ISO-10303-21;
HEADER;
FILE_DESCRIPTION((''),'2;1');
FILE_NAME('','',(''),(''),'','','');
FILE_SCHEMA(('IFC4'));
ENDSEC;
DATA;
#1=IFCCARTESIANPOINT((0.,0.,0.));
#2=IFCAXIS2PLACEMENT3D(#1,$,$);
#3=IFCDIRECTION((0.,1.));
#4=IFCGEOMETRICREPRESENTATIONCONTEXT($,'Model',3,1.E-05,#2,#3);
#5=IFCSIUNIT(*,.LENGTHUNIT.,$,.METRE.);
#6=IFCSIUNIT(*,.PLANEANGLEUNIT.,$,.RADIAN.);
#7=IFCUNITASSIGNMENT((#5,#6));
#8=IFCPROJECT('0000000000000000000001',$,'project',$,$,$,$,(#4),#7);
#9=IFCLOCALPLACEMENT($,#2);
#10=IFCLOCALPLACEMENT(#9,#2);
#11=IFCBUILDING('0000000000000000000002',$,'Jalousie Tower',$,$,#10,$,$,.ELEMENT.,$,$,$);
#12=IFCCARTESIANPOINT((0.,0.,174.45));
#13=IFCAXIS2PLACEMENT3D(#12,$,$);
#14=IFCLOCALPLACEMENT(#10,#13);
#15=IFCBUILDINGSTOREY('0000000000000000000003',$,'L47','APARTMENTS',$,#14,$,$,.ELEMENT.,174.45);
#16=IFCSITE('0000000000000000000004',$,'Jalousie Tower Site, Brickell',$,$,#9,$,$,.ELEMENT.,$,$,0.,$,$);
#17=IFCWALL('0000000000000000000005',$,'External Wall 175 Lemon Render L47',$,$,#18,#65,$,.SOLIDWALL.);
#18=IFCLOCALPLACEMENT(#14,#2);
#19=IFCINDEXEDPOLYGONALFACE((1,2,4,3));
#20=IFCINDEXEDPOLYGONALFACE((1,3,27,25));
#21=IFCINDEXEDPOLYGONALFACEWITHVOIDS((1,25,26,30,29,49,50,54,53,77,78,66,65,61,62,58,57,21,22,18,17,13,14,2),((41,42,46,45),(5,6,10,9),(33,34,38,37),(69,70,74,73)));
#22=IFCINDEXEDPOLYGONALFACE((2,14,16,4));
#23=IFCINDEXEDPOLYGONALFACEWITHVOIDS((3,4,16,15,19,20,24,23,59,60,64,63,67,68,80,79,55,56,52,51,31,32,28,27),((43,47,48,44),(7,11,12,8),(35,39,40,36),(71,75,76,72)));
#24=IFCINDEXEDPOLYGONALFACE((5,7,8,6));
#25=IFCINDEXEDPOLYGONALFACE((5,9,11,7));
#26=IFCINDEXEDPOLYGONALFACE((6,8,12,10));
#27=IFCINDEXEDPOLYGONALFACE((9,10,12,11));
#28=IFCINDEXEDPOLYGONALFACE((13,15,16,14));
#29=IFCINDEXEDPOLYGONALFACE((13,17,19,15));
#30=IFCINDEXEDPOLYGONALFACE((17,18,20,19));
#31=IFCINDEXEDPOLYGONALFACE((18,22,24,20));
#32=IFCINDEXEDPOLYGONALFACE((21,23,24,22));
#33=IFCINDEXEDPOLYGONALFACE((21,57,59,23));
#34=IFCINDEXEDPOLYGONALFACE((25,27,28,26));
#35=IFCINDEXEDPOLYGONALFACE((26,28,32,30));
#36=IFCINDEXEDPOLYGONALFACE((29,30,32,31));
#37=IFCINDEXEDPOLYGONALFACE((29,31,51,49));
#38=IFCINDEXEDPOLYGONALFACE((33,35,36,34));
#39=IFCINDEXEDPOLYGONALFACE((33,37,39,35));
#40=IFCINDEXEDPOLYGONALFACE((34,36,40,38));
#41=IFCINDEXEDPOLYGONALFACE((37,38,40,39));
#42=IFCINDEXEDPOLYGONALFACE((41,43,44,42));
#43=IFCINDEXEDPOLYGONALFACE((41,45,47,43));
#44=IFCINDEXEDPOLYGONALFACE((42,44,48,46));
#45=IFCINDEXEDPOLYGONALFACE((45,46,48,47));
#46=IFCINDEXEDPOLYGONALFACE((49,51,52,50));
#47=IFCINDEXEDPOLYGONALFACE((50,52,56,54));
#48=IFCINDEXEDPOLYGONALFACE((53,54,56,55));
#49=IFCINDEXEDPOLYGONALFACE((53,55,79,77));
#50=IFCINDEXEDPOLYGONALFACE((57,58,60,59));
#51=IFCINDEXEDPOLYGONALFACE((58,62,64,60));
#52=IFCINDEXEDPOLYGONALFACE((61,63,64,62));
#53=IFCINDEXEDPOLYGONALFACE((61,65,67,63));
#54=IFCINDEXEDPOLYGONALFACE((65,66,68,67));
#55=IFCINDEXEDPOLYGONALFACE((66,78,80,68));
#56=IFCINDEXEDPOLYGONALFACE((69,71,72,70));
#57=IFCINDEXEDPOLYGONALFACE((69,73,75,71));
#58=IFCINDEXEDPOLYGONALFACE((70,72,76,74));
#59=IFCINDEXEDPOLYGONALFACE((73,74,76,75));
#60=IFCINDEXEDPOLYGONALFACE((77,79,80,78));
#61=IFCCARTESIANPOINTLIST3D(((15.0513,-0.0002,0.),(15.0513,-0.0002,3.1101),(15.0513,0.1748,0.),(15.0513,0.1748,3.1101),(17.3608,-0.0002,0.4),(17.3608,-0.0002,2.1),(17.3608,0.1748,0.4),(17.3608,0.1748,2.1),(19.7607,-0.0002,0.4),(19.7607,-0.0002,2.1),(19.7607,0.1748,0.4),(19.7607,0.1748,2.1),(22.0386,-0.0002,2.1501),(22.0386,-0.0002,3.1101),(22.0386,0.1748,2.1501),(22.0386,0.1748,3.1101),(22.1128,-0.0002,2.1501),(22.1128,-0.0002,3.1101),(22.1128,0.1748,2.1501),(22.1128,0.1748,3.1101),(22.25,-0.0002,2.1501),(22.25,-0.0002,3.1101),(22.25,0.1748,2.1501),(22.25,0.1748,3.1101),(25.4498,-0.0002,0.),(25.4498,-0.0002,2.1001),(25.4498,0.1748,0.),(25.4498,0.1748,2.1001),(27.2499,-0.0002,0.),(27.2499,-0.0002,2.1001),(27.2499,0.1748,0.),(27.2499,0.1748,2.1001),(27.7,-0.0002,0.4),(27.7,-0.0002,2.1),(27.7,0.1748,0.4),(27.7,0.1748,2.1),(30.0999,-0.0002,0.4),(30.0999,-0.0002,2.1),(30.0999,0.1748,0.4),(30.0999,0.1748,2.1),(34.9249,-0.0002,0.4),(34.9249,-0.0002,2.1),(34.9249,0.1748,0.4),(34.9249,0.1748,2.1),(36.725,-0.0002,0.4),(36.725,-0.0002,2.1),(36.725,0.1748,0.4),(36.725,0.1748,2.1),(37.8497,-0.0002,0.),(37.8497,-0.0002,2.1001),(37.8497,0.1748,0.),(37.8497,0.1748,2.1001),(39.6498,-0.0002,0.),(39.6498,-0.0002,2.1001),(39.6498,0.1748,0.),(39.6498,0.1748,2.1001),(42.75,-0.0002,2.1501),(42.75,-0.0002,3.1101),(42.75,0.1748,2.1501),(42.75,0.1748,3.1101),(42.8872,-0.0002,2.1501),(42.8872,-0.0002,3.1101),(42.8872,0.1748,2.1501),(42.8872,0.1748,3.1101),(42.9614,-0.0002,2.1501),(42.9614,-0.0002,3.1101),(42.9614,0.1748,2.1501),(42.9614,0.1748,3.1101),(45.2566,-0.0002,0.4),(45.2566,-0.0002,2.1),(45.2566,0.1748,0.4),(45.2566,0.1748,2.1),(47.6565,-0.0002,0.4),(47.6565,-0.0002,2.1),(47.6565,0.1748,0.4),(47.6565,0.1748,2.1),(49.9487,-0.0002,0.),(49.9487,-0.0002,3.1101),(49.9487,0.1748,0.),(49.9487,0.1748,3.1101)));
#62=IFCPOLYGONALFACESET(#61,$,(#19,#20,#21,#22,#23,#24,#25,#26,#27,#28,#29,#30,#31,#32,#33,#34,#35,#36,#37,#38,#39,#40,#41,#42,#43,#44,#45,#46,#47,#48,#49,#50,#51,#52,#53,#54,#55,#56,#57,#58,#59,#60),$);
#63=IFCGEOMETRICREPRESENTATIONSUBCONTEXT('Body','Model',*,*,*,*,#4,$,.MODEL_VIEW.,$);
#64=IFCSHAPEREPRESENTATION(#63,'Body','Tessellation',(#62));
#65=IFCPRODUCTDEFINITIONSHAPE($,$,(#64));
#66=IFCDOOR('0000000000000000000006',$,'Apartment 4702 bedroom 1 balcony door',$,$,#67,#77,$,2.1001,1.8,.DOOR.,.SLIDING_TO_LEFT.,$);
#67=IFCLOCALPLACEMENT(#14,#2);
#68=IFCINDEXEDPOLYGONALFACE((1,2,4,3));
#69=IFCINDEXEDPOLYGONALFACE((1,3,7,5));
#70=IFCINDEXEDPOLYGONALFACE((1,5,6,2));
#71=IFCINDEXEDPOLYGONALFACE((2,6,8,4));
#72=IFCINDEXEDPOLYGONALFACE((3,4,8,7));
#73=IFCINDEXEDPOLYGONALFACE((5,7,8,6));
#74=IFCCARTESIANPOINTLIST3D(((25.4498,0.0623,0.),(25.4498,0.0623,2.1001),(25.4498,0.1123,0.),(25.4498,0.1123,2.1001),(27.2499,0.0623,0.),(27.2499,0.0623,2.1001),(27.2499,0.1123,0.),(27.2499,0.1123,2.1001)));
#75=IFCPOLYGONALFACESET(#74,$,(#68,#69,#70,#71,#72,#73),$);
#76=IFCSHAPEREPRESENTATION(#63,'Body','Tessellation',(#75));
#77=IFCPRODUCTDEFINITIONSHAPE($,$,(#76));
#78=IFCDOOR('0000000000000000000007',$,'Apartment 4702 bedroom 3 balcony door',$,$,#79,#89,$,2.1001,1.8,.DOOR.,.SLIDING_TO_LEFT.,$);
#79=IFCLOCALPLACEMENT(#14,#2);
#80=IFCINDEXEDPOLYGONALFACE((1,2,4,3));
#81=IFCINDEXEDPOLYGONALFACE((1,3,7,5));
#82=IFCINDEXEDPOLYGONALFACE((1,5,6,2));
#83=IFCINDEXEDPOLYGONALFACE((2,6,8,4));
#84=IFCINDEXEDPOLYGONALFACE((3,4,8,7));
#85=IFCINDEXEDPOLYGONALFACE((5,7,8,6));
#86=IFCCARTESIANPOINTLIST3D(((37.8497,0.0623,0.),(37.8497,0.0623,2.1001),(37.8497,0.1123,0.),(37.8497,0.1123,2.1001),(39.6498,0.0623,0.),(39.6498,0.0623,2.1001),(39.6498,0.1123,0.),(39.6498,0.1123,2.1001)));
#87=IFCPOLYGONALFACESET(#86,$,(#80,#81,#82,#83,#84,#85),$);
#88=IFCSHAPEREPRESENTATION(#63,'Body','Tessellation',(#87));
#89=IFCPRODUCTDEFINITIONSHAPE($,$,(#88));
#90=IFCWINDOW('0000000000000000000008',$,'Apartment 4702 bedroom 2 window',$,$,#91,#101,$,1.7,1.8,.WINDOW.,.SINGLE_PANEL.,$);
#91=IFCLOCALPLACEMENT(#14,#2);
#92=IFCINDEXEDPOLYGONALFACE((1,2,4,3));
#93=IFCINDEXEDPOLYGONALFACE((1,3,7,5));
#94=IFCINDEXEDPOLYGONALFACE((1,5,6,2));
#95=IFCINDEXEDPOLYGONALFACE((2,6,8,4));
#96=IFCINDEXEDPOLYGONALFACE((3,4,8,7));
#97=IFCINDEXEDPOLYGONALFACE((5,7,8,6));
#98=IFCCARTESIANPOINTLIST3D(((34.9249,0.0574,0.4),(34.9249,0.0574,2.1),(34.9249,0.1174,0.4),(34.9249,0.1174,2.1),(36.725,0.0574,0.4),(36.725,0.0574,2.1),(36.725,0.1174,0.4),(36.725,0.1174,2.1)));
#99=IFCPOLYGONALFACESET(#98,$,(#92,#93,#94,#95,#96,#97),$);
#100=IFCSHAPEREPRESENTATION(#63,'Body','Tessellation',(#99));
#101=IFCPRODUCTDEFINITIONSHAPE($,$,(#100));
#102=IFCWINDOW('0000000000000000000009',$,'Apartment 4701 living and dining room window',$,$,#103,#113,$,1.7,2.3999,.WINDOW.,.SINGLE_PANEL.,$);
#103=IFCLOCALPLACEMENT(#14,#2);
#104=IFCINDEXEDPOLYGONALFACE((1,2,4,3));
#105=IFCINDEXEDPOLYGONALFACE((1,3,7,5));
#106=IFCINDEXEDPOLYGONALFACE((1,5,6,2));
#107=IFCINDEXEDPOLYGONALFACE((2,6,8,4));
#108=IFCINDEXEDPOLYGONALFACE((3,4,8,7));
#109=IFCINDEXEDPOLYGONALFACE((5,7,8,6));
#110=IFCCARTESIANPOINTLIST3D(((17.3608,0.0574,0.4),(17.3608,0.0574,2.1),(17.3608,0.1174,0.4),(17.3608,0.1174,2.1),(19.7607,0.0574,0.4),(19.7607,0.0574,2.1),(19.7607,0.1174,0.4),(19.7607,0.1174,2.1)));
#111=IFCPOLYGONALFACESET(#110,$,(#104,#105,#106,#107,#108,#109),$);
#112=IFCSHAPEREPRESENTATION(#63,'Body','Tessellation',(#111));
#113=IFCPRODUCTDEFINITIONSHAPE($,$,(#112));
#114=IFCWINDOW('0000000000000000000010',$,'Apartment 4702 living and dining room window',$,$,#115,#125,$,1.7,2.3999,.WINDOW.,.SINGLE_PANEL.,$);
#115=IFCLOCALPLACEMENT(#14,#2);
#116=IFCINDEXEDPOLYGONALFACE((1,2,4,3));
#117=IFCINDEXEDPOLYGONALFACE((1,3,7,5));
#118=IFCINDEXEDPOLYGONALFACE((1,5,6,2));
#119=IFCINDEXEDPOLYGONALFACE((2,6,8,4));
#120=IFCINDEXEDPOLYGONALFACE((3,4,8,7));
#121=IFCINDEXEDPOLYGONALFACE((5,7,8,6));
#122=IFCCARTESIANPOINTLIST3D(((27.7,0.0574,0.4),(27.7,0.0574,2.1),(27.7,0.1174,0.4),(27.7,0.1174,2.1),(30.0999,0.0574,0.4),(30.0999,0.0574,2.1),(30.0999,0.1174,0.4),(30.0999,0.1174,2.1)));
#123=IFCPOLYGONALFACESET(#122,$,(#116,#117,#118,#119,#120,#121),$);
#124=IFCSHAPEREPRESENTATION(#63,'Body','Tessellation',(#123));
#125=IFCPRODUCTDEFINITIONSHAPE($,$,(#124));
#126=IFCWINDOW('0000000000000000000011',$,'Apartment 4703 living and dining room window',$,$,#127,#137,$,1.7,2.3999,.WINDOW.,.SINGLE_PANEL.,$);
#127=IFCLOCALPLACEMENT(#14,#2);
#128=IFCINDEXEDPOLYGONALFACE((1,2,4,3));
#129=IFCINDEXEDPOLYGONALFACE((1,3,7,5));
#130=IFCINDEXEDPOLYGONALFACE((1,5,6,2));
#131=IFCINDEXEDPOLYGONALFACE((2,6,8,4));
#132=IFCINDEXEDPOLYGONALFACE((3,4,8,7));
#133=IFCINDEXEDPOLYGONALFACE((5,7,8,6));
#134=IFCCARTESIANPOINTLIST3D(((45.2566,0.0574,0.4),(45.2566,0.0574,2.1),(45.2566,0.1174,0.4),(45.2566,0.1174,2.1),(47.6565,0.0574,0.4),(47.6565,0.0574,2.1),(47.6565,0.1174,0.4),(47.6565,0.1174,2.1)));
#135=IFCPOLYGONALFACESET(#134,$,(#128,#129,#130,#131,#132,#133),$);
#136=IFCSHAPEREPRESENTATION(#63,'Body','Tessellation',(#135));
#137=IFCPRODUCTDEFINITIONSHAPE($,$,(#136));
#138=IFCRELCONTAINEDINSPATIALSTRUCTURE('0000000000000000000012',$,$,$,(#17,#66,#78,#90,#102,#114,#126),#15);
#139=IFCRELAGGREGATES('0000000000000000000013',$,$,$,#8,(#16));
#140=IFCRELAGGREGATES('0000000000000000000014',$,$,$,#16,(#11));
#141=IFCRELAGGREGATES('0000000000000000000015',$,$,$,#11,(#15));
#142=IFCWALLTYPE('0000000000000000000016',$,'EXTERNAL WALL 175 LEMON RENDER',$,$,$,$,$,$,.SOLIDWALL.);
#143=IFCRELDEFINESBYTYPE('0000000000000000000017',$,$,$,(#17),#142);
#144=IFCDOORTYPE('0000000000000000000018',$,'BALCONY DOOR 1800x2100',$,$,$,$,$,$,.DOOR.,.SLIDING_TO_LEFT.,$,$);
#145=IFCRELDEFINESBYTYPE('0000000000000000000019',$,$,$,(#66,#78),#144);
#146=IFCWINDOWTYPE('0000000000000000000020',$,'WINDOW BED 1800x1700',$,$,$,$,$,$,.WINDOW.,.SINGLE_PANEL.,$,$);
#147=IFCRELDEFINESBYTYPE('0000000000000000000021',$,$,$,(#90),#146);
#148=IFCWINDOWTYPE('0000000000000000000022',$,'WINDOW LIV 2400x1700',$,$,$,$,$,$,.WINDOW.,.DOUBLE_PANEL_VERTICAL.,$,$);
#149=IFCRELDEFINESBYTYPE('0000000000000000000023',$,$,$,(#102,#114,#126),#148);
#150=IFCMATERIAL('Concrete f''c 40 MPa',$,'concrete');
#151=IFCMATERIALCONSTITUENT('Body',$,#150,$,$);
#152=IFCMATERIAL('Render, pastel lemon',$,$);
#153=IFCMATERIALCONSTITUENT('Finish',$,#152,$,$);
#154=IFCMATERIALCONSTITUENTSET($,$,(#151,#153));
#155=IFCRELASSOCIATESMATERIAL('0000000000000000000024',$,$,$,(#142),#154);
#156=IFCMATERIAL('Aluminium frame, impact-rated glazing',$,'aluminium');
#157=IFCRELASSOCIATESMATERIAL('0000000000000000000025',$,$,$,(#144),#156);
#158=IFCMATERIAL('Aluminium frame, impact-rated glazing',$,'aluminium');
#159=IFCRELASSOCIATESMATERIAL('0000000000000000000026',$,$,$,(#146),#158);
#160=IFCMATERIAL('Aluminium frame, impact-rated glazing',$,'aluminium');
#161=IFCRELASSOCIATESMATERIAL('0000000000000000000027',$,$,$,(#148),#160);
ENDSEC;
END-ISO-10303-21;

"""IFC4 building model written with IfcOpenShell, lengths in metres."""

from ifc_helpers import new_model, si_unit, direction, frame, frame_2d, origin, place, context, subcontext, project, spatial, polyline, rectangle, outline, extrude, material, constituent, constituent_set, type_object, element, fill, save


model = new_model("IFC4")

# Units and contexts
model_context = context("Model", 3, precision=1e-05, world=origin(), true_north=direction((0.0, 1.0)))
body_context = subcontext(model_context, "Body", "Model", "MODEL_VIEW")
ifc_project = project(units=[si_unit("LENGTHUNIT", "METRE"), si_unit("PLANEANGLEUNIT", "RADIAN")], contexts=[model_context])

# Site, building, storey
site_placement = place(None, origin())
site = spatial("IfcSite", under=ifc_project, at=site_placement, Name="Jalousie Tower Site, Brickell", CompositionType="ELEMENT", RefElevation=0.0)
building_placement = place(site_placement, origin())
building = spatial("IfcBuilding", under=site, at=building_placement, Name="Jalousie Tower", CompositionType="ELEMENT")
storey_placement = place(building_placement, frame((0.0, 0.0, 174.45)))
storey = spatial("IfcBuildingStorey", under=building, at=storey_placement, Name="L47", Description="APARTMENTS", CompositionType="ELEMENT", Elevation=174.45)

# Wall, openings, doors, windows
ifc_material_1 = material(Name="Concrete f'c 40 MPa", Category="concrete")
ifc_constituent_1 = constituent(ifc_material_1, Name="Body")
ifc_material_2 = material(Name="Render, pastel lemon")
ifc_constituent_2 = constituent(ifc_material_2, Name="Finish")
ifc_constituent_set = constituent_set(constituents=[ifc_constituent_1, ifc_constituent_2])
wall_type = type_object("IfcWallType", Name="EXTERNAL WALL 175 LEMON RENDER", PredefinedType="SOLIDWALL", material=ifc_constituent_set)
wall_placement = place(storey_placement, frame((15.0513, 0.0874, 0.0), z_axis=(0.0, 0.0, 1.0), x_axis=(1.0, 0.0, 0.0)))
wall = element("IfcWall", 1, at=wall_placement, inside=storey, type_object=wall_type, Name="External Wall 175 Lemon Render L47", PredefinedType="SOLIDWALL", context=body_context, shape_type="SweptSolid", body=[
    extrude(outline(polyline([(0.0, 0.0), (34.8975, 0.0), (34.8975, 3.1101), (27.9102, 3.1101), (27.9102, 2.1501), (27.8359, 2.1501), (27.8359, 3.1101), (27.6987, 3.1101), (27.6987, 2.1501), (7.1987, 2.1501), (7.1987, 3.1101), (7.0615, 3.1101), (7.0615, 2.1501), (6.9873, 2.1501), (6.9873, 3.1101), (0.0, 3.1101), (0.0, 0.0)])), frame((0.0, 0.0874, 0.0), z_axis=(0.0, -1.0, 0.0), x_axis=(1.0, 0.0, 0.0)), (0.0, 0.0, 1.0), 0.175),
])
opening_1_placement = place(wall_placement, frame((2.3096, 0.0, 0.3999)))
opening_1 = element("IfcOpeningElement", 2, at=opening_1_placement, cuts=wall, PredefinedType="OPENING", context=body_context, shape_type="SweptSolid", body=[
    extrude(rectangle(XDim=2.3999, YDim=1.7, at=frame_2d((1.2, 0.8501))), frame((0.0, 0.0974, 0.0), z_axis=(0.0, -1.0, 0.0), x_axis=(1.0, 0.0, 0.0)), (0.0, 0.0, 1.0), 0.1951),
])
opening_2_placement = place(wall_placement, frame((10.3987, 0.0, 0.0)))
opening_2 = element("IfcOpeningElement", 3, at=opening_2_placement, cuts=wall, PredefinedType="OPENING", context=body_context, shape_type="SweptSolid", body=[
    extrude(rectangle(XDim=1.8, YDim=2.1001, at=frame_2d((0.8999, 1.05))), frame((0.0, 0.0974, 0.0), z_axis=(0.0, -1.0, 0.0), x_axis=(1.0, 0.0, 0.0)), (0.0, 0.0, 1.0), 0.1951),
])
opening_3_placement = place(wall_placement, frame((12.6487, 0.0, 0.3999)))
opening_3 = element("IfcOpeningElement", 4, at=opening_3_placement, cuts=wall, PredefinedType="OPENING", context=body_context, shape_type="SweptSolid", body=[
    extrude(rectangle(XDim=2.3999, YDim=1.7, at=frame_2d((1.2, 0.8501))), frame((0.0, 0.0974, 0.0), z_axis=(0.0, -1.0, 0.0), x_axis=(1.0, 0.0, 0.0)), (0.0, 0.0, 1.0), 0.1951),
])
opening_4_placement = place(wall_placement, frame((19.8738, 0.0, 0.3999)))
opening_4 = element("IfcOpeningElement", 5, at=opening_4_placement, cuts=wall, PredefinedType="OPENING", context=body_context, shape_type="SweptSolid", body=[
    extrude(rectangle(XDim=1.8, YDim=1.7, at=frame_2d((0.8999, 0.8501))), frame((0.0, 0.0974, 0.0), z_axis=(0.0, -1.0, 0.0), x_axis=(1.0, 0.0, 0.0)), (0.0, 0.0, 1.0), 0.1951),
])
opening_5_placement = place(wall_placement, frame((22.7986, 0.0, 0.0)))
opening_5 = element("IfcOpeningElement", 6, at=opening_5_placement, cuts=wall, PredefinedType="OPENING", context=body_context, shape_type="SweptSolid", body=[
    extrude(rectangle(XDim=1.8, YDim=2.1001, at=frame_2d((0.8999, 1.05))), frame((0.0, 0.0974, 0.0), z_axis=(0.0, -1.0, 0.0), x_axis=(1.0, 0.0, 0.0)), (0.0, 0.0, 1.0), 0.1951),
])
opening_6_placement = place(wall_placement, frame((30.2053, 0.0, 0.3999)))
opening_6 = element("IfcOpeningElement", 7, at=opening_6_placement, cuts=wall, PredefinedType="OPENING", context=body_context, shape_type="SweptSolid", body=[
    extrude(rectangle(XDim=2.3999, YDim=1.7, at=frame_2d((1.2, 0.8501))), frame((0.0, 0.0974, 0.0), z_axis=(0.0, -1.0, 0.0), x_axis=(1.0, 0.0, 0.0)), (0.0, 0.0, 1.0), 0.1951),
])
ifc_material_3 = material(Name="Aluminium frame, impact-rated glazing", Category="aluminium")
door_type = type_object("IfcDoorType", Name="BALCONY DOOR 1800x2100", OperationType="SLIDING_TO_LEFT", PredefinedType="DOOR", material=ifc_material_3)
door_1_placement = place(opening_2_placement, origin())
door_1 = element("IfcDoor", 8, at=door_1_placement, inside=storey, type_object=door_type, Name="Apartment 4702 bedroom 1 balcony door", OperationType="SLIDING_TO_LEFT", OverallHeight=2.1001, OverallWidth=1.8, PredefinedType="DOOR", context=body_context, shape_type="SweptSolid", body=[
    extrude(rectangle(XDim=1.8, YDim=2.1001, at=frame_2d((0.8999, 1.05))), frame((0.0, 0.0249, 0.0), z_axis=(0.0, -1.0, 0.0), x_axis=(1.0, 0.0, 0.0)), (0.0, 0.0, 1.0), 0.05),
])
fill(opening_2, door_1)
door_2_placement = place(opening_5_placement, origin())
door_2 = element("IfcDoor", 9, at=door_2_placement, inside=storey, type_object=door_type, Name="Apartment 4702 bedroom 3 balcony door", OperationType="SLIDING_TO_LEFT", OverallHeight=2.1001, OverallWidth=1.8, PredefinedType="DOOR", context=body_context, shape_type="SweptSolid", body=[
    extrude(rectangle(XDim=1.8, YDim=2.1001, at=frame_2d((0.8999, 1.05))), frame((0.0, 0.0249, 0.0), z_axis=(0.0, -1.0, 0.0), x_axis=(1.0, 0.0, 0.0)), (0.0, 0.0, 1.0), 0.05),
])
fill(opening_5, door_2)
ifc_material_4 = material(Name="Aluminium frame, impact-rated glazing", Category="aluminium")
window_type_1 = type_object("IfcWindowType", Name="WINDOW BED 1800x1700", PartitioningType="SINGLE_PANEL", PredefinedType="WINDOW", material=ifc_material_4)
window_1_placement = place(opening_4_placement, origin())
window_1 = element("IfcWindow", 10, at=window_1_placement, inside=storey, type_object=window_type_1, Name="Apartment 4702 bedroom 2 window", OverallHeight=1.7, OverallWidth=1.8, PartitioningType="SINGLE_PANEL", PredefinedType="WINDOW", context=body_context, shape_type="SweptSolid", body=[
    extrude(rectangle(XDim=1.8, YDim=1.7, at=frame_2d((0.8999, 0.8501))), frame((0.0, 0.03, 0.0), z_axis=(0.0, -1.0, 0.0), x_axis=(1.0, 0.0, 0.0)), (0.0, 0.0, 1.0), 0.0601),
])
fill(opening_4, window_1)
ifc_material_5 = material(Name="Aluminium frame, impact-rated glazing", Category="aluminium")
window_type_2 = type_object("IfcWindowType", Name="WINDOW LIV 2400x1700", PartitioningType="DOUBLE_PANEL_VERTICAL", PredefinedType="WINDOW", material=ifc_material_5)
window_2_placement = place(opening_1_placement, origin())
window_2 = element("IfcWindow", 11, at=window_2_placement, inside=storey, type_object=window_type_2, Name="Apartment 4701 living and dining room window", OverallHeight=1.7, OverallWidth=2.3999, PartitioningType="SINGLE_PANEL", PredefinedType="WINDOW", context=body_context, shape_type="SweptSolid", body=[
    extrude(rectangle(XDim=2.3999, YDim=1.7, at=frame_2d((1.2, 0.8501))), frame((0.0, 0.03, 0.0), z_axis=(0.0, -1.0, 0.0), x_axis=(1.0, 0.0, 0.0)), (0.0, 0.0, 1.0), 0.0601),
])
fill(opening_1, window_2)
window_3_placement = place(opening_3_placement, origin())
window_3 = element("IfcWindow", 12, at=window_3_placement, inside=storey, type_object=window_type_2, Name="Apartment 4702 living and dining room window", OverallHeight=1.7, OverallWidth=2.3999, PartitioningType="SINGLE_PANEL", PredefinedType="WINDOW", context=body_context, shape_type="SweptSolid", body=[
    extrude(rectangle(XDim=2.3999, YDim=1.7, at=frame_2d((1.2, 0.8501))), frame((0.0, 0.03, 0.0), z_axis=(0.0, -1.0, 0.0), x_axis=(1.0, 0.0, 0.0)), (0.0, 0.0, 1.0), 0.0601),
])
fill(opening_3, window_3)
window_4_placement = place(opening_6_placement, origin())
window_4 = element("IfcWindow", 13, at=window_4_placement, inside=storey, type_object=window_type_2, Name="Apartment 4703 living and dining room window", OverallHeight=1.7, OverallWidth=2.3999, PartitioningType="SINGLE_PANEL", PredefinedType="WINDOW", context=body_context, shape_type="SweptSolid", body=[
    extrude(rectangle(XDim=2.3999, YDim=1.7, at=frame_2d((1.2, 0.8501))), frame((0.0, 0.03, 0.0), z_axis=(0.0, -1.0, 0.0), x_axis=(1.0, 0.0, 0.0)), (0.0, 0.0, 1.0), 0.0601),
])
fill(opening_6, window_4)

save(model, "model.ifc")
